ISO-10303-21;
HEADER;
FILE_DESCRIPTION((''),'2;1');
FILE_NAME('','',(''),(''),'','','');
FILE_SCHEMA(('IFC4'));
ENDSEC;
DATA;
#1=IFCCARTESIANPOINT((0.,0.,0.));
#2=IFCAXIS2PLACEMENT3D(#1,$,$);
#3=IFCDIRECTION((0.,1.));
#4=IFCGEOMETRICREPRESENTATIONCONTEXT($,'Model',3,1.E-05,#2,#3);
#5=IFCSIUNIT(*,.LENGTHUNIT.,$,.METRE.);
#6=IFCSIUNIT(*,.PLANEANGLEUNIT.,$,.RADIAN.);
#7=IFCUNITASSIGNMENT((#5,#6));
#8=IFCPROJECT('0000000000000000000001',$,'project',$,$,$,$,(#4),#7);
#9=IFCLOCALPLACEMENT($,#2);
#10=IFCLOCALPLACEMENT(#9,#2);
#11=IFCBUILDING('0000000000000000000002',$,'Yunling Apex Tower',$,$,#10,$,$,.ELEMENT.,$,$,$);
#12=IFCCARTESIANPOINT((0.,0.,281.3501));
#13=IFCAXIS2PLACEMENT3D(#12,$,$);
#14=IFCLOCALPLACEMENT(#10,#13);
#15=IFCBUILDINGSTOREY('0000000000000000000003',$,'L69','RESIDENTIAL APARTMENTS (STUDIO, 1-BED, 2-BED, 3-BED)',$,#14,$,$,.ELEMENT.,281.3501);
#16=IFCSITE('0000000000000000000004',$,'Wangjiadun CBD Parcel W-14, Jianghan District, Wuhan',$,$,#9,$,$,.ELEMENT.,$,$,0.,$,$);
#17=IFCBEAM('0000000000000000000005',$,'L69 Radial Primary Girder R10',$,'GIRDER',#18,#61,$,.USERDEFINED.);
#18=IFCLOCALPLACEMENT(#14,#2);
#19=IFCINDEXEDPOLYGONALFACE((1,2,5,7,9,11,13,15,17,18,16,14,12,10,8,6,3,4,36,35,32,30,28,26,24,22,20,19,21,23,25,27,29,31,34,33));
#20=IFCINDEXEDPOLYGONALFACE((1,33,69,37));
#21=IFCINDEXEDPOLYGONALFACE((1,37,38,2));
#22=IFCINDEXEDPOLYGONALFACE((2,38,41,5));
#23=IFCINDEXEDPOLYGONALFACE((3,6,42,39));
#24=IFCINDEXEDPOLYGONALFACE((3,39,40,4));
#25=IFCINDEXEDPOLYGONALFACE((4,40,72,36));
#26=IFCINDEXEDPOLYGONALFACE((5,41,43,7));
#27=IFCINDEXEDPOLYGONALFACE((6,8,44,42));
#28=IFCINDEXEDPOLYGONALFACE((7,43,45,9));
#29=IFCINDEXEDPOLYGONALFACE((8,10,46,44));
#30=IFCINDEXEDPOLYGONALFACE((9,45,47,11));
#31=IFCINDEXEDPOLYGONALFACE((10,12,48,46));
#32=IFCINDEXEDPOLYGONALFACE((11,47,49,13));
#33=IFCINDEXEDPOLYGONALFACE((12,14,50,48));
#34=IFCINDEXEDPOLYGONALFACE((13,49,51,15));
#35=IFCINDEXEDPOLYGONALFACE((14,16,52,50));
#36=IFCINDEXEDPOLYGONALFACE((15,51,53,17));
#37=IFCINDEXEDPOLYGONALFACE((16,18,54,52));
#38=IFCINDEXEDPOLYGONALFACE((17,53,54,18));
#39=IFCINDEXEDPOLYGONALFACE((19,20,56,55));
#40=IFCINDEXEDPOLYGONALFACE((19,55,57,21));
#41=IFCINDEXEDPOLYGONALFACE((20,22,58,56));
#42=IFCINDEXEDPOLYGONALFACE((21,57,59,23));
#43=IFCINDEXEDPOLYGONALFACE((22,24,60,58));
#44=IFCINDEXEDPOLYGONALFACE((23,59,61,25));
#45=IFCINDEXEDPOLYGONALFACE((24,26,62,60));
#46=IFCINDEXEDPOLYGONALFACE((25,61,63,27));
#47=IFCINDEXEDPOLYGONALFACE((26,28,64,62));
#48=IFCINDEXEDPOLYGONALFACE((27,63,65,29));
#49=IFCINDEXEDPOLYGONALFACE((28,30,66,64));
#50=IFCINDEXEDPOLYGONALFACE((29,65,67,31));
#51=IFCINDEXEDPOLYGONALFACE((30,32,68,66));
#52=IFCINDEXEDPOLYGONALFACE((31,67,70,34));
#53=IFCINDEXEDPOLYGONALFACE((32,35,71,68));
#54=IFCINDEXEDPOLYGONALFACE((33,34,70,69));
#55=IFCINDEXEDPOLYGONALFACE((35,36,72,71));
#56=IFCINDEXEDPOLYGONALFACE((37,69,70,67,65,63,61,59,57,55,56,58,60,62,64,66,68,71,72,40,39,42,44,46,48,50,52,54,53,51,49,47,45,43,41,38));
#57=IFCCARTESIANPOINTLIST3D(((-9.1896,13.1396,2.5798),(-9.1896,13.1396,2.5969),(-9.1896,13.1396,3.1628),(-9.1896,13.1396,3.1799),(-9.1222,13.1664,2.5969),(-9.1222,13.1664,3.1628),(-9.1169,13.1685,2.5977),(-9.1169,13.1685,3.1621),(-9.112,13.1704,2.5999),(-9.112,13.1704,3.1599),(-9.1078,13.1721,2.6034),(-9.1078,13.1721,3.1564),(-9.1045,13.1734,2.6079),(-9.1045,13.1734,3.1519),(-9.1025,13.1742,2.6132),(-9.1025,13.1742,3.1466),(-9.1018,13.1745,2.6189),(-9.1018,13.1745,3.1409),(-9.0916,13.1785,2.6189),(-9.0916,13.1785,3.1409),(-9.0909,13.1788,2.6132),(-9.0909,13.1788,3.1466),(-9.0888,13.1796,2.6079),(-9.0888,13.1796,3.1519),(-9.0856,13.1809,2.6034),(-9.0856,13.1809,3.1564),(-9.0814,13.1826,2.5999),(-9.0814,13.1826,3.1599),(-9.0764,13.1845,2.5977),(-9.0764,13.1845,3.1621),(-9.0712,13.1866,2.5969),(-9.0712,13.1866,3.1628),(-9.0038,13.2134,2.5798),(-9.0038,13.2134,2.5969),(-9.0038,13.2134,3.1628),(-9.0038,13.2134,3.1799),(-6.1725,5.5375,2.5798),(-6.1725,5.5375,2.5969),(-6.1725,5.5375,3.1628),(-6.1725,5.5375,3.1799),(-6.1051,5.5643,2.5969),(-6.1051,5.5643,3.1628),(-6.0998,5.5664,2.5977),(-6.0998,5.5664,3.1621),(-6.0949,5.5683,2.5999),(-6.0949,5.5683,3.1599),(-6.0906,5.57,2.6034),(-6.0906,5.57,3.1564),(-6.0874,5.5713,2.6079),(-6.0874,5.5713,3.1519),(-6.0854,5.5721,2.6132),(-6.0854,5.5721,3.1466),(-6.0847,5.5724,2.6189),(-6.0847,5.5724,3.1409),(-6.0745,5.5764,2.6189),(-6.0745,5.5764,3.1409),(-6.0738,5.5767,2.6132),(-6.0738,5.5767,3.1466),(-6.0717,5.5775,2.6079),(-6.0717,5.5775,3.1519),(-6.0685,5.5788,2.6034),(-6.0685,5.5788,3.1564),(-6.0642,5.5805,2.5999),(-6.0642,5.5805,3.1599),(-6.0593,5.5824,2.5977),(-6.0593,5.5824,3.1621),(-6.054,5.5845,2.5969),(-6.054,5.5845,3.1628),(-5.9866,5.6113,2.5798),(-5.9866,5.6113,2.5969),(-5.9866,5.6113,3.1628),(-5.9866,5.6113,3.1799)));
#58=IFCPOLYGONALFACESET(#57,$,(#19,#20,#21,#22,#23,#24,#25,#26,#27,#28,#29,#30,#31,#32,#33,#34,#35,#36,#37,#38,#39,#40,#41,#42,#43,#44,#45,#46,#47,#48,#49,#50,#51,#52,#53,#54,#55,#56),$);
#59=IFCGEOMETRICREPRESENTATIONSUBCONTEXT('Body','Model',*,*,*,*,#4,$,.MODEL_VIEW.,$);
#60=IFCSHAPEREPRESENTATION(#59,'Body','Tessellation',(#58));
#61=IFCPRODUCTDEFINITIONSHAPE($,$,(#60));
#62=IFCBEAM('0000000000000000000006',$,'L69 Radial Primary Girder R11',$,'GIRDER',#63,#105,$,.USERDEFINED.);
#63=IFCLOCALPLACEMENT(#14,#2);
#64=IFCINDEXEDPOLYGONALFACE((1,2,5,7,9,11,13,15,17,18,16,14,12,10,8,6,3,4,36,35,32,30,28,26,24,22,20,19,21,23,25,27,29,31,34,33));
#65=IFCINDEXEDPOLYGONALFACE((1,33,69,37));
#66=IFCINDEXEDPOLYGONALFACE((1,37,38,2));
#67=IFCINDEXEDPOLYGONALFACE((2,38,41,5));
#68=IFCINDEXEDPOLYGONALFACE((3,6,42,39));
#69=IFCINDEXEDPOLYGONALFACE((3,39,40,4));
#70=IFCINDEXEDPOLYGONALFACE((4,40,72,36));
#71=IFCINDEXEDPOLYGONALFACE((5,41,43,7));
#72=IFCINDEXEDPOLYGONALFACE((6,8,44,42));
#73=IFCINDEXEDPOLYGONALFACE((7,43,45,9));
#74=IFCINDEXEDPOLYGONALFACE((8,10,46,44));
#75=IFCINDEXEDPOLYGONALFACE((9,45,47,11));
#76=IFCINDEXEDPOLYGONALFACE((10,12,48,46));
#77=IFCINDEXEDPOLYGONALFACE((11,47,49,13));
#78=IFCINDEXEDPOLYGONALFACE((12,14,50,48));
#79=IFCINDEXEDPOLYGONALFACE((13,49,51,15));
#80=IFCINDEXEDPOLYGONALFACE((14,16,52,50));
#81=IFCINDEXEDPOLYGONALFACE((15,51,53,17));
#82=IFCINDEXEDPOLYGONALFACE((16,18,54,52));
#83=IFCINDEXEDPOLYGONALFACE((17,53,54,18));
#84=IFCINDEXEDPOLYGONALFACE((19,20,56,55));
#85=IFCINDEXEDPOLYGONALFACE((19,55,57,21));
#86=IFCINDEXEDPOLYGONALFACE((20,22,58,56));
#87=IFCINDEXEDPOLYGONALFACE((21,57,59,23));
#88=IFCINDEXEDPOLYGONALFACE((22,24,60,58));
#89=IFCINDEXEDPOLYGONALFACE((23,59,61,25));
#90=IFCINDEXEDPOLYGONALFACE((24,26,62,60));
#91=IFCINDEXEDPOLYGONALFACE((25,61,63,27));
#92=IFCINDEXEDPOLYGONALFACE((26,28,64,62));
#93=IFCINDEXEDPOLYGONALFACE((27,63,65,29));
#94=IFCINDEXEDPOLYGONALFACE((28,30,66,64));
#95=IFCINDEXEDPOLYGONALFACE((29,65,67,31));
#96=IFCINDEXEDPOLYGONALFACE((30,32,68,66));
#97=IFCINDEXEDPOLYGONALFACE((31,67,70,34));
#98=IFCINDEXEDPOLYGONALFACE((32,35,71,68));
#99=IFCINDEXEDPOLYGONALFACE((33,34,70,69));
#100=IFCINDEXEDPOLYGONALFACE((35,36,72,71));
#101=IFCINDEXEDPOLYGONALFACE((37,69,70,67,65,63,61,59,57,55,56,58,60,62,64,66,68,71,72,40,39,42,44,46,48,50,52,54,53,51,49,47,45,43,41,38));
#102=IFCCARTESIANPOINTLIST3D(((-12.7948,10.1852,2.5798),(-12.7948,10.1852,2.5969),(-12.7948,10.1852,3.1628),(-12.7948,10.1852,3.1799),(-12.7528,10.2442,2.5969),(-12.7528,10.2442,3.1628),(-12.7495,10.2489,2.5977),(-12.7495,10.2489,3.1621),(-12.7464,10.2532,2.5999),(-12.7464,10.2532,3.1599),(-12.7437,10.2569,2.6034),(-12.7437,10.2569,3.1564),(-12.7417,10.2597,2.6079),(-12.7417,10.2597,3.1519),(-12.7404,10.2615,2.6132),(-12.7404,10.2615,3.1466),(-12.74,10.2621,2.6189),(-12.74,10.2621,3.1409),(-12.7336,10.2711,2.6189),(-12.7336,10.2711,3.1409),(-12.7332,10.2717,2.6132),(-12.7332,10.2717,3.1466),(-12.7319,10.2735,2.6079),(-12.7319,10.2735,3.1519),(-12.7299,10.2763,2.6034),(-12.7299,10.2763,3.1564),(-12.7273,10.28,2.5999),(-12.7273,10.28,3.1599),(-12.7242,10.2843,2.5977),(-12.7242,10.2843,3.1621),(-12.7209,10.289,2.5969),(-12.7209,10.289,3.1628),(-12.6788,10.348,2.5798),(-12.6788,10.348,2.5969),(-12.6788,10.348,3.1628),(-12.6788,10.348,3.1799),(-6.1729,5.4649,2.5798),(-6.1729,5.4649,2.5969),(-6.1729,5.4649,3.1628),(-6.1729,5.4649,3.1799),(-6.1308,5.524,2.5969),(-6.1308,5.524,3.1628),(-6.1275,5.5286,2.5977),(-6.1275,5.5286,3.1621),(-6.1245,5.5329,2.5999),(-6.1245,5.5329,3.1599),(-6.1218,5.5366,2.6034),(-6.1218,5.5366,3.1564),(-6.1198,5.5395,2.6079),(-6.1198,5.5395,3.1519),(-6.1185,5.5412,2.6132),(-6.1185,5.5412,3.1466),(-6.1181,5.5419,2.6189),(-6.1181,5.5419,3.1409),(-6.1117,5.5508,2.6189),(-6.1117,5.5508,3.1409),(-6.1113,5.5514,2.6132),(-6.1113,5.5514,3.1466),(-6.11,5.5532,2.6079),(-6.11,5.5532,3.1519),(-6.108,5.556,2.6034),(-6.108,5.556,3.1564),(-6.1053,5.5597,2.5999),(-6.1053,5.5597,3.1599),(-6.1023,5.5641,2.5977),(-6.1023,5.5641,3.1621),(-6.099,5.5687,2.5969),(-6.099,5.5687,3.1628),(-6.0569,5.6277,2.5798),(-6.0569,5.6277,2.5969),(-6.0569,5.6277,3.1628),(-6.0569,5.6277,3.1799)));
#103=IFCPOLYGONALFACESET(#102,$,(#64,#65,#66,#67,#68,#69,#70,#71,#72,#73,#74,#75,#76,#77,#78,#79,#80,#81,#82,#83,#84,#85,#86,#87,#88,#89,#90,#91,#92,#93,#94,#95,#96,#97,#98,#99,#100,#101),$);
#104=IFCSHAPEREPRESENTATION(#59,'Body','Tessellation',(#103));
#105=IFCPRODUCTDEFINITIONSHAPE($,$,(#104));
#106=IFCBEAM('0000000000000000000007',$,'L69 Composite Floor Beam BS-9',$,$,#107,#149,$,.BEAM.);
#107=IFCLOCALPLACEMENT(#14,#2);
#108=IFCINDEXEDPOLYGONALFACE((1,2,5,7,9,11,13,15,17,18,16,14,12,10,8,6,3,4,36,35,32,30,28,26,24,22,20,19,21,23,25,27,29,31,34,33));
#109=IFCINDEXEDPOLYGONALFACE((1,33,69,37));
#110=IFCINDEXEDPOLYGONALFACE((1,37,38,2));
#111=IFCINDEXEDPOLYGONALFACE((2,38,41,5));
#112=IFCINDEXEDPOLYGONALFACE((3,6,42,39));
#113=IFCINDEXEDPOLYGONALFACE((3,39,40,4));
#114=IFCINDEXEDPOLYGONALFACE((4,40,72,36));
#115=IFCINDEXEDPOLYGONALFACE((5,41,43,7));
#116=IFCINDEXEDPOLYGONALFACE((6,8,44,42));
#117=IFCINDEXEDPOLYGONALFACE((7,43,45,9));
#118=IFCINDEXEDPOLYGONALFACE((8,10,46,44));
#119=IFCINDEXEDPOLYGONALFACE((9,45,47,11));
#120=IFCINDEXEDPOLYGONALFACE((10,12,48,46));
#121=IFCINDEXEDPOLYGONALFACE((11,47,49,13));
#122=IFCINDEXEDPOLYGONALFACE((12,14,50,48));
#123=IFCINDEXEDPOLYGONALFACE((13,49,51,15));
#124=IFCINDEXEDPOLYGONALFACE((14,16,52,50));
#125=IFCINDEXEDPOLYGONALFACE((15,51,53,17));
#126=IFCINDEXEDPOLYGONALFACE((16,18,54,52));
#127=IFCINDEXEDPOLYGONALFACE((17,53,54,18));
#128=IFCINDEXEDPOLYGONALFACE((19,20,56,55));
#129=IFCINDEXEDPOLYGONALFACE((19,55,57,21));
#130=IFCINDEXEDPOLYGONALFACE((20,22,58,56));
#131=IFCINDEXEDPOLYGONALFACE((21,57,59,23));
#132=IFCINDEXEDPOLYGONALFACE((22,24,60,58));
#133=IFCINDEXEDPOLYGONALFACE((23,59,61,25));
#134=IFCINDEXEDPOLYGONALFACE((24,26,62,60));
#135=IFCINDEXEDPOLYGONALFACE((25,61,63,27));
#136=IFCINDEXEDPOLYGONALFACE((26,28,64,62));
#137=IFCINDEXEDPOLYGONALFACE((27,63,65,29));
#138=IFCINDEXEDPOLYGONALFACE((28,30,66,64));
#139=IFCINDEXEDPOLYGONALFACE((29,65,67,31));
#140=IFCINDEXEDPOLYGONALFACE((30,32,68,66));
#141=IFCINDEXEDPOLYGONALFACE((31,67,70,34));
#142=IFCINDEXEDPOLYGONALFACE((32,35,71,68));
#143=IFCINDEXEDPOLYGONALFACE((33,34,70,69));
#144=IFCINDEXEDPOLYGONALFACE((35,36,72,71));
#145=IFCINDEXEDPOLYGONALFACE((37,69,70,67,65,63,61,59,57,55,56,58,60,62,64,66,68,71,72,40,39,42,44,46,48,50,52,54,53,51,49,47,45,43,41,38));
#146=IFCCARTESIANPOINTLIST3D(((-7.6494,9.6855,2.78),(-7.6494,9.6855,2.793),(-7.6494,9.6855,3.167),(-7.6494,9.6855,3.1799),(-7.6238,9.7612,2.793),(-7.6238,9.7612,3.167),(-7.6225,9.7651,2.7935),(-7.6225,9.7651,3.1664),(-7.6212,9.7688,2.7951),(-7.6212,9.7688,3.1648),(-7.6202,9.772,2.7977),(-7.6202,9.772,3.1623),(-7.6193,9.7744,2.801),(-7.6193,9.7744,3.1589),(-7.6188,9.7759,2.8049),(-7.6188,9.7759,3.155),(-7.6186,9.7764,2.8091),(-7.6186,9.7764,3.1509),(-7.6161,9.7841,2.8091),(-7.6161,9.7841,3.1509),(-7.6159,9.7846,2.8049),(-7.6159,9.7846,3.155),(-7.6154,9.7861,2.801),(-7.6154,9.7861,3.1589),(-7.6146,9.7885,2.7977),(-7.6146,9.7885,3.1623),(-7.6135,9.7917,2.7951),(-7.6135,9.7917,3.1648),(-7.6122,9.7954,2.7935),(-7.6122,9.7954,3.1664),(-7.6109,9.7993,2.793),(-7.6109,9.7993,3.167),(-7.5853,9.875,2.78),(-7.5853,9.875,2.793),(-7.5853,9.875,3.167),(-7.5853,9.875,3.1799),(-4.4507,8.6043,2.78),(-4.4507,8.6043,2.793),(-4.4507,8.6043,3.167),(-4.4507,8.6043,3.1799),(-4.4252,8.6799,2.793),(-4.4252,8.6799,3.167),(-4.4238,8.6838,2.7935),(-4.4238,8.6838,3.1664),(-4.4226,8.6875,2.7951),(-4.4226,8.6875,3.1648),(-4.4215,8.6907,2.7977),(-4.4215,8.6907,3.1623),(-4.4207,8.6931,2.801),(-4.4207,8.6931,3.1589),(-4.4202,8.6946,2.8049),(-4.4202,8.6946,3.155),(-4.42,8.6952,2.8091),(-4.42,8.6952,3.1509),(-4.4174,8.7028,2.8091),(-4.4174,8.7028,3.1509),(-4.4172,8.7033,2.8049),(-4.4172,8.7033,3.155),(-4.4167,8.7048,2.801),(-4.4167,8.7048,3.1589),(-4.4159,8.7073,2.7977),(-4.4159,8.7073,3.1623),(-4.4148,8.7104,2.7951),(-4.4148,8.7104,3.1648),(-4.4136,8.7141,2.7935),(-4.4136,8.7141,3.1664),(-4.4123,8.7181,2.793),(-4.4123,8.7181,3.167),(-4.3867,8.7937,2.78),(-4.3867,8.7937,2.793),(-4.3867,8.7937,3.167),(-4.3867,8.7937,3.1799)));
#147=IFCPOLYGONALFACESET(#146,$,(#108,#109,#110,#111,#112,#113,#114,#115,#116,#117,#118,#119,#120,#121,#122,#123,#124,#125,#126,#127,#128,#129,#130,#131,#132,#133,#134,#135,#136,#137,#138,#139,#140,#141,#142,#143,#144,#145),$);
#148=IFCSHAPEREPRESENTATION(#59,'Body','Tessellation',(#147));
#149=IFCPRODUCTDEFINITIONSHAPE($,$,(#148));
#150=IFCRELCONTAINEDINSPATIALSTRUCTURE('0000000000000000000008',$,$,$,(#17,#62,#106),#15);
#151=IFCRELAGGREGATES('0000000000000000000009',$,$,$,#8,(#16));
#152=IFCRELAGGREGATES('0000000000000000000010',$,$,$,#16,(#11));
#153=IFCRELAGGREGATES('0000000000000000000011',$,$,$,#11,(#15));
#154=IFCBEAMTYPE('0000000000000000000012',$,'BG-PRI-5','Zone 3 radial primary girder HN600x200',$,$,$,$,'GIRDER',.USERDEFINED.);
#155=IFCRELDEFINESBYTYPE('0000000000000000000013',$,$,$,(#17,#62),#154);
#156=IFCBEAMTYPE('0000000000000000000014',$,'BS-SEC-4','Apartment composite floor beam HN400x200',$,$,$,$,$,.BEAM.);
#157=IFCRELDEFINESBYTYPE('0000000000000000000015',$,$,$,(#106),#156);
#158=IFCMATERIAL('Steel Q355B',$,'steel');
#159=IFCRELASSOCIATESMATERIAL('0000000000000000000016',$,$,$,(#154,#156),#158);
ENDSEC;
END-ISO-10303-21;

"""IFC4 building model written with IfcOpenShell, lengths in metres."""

from ifc_helpers import new_model, si_unit, direction, frame, origin, origin_2d, place, context, subcontext, project, spatial, i_section, extrude, source, transform, mapped, material, material_profile, profile_set, type_object, element, save


model = new_model("IFC4")

# Units and contexts
model_context = context("Model", 3, precision=1e-05, world=origin(), true_north=direction((0.0, 1.0)))
body_context = subcontext(model_context, "Body", "Model", "MODEL_VIEW")
ifc_project = project(units=[si_unit("LENGTHUNIT", "METRE"), si_unit("PLANEANGLEUNIT", "RADIAN")], contexts=[model_context])

# Site, building, storey
site_placement = place(None, origin())
site = spatial("IfcSite", under=ifc_project, at=site_placement, Name="Wangjiadun CBD Parcel W-14, Jianghan District, Wuhan", CompositionType="ELEMENT", RefElevation=0.0)
building_placement = place(site_placement, origin())
building = spatial("IfcBuilding", under=site, at=building_placement, Name="Yunling Apex Tower", CompositionType="ELEMENT")
storey_placement = place(building_placement, frame((0.0, 0.0, 281.3501)))
storey = spatial("IfcBuildingStorey", under=building, at=storey_placement, Name="L69", Description="RESIDENTIAL APARTMENTS (STUDIO, 1-BED, 2-BED, 3-BED)", CompositionType="ELEMENT", Elevation=281.3501)

# Shared definitions
ifc_material_1 = material(Name="Steel Q355B", Category="steel")

# Beams
ifc_material_profile_1 = material_profile(ifc_material_1, i_section(OverallWidth=0.2, OverallDepth=0.6001, WebThickness=0.011, FlangeThickness=0.0171, FilletRadius=0.022, at=origin_2d()))
ifc_profile_set_1 = profile_set([ifc_material_profile_1], Name="Steel Q355B")
beam_type_1 = type_object("IfcBeamType", Name="BG-PRI-5", Description="Zone 3 radial primary girder HN600x200", ElementType="GIRDER", PredefinedType="USERDEFINED", material=ifc_profile_set_1)
shared_shape_1 = source(origin(), body_context, "Body", "SweptSolid", [
    extrude(i_section(OverallWidth=0.2, OverallDepth=0.6001, WebThickness=0.011, FlangeThickness=0.0171, FilletRadius=0.022, at=origin_2d()), origin(), (0.0, 0.0, 1.0), 8.179),
])
beam_1_placement = place(storey_placement, frame((-9.0967, 13.1765, 2.8799), z_axis=(0.368888, -0.929474, 0.0), x_axis=(0.929474, 0.368888, 0.0)))
element("IfcBeam", 1, at=beam_1_placement, inside=storey, type_object=beam_type_1, Name="L69 Radial Primary Girder R10", ObjectType="GIRDER", PredefinedType="USERDEFINED", context=body_context, shape_type="MappedRepresentation", body=[
    mapped(shared_shape_1, transform((0.0, 0.0, 0.0), scale=1.0)),
])
shared_shape_2 = source(origin(), body_context, "Body", "SweptSolid", [
    extrude(i_section(OverallWidth=0.2, OverallDepth=0.6001, WebThickness=0.011, FlangeThickness=0.0171, FilletRadius=0.022, at=origin_2d()), origin(), (0.0, 0.0, 1.0), 8.1321),
])
beam_2_placement = place(storey_placement, frame((-12.7368, 10.2666, 2.8799), z_axis=(0.814295, -0.580451, 0.0), x_axis=(0.580451, 0.814295, 0.0)))
element("IfcBeam", 2, at=beam_2_placement, inside=storey, type_object=beam_type_1, Name="L69 Radial Primary Girder R11", ObjectType="GIRDER", PredefinedType="USERDEFINED", context=body_context, shape_type="MappedRepresentation", body=[
    mapped(shared_shape_2, transform((0.0, 0.0, 0.0), scale=1.0)),
])
ifc_material_profile_2 = material_profile(ifc_material_1, i_section(OverallWidth=0.2, OverallDepth=0.3999, WebThickness=0.0081, FlangeThickness=0.0129, FilletRadius=0.0161, at=origin_2d()))
ifc_profile_set_2 = profile_set([ifc_material_profile_2], Name="Steel Q355B")
beam_type_2 = type_object("IfcBeamType", Name="BS-SEC-4", Description="Apartment composite floor beam HN400x200", PredefinedType="BEAM", material=ifc_profile_set_2)
shared_shape_3 = source(origin(), body_context, "Body", "SweptSolid", [
    extrude(i_section(OverallWidth=0.2, OverallDepth=0.3999, WebThickness=0.0081, FlangeThickness=0.0129, FilletRadius=0.0161, at=origin_2d()), origin(), (0.0, 0.0, 1.0), 3.3765),
])
beam_3_placement = place(storey_placement, frame((-4.4187, 8.699, 2.98), z_axis=(-0.947337, 0.320238, 0.0), x_axis=(-0.320238, -0.947337, 0.0)))
element("IfcBeam", 3, at=beam_3_placement, inside=storey, type_object=beam_type_2, Name="L69 Composite Floor Beam BS-9", PredefinedType="BEAM", context=body_context, shape_type="MappedRepresentation", body=[
    mapped(shared_shape_3, transform((0.0, 0.0, 0.0), scale=1.0)),
])

save(model, "model.ifc")
